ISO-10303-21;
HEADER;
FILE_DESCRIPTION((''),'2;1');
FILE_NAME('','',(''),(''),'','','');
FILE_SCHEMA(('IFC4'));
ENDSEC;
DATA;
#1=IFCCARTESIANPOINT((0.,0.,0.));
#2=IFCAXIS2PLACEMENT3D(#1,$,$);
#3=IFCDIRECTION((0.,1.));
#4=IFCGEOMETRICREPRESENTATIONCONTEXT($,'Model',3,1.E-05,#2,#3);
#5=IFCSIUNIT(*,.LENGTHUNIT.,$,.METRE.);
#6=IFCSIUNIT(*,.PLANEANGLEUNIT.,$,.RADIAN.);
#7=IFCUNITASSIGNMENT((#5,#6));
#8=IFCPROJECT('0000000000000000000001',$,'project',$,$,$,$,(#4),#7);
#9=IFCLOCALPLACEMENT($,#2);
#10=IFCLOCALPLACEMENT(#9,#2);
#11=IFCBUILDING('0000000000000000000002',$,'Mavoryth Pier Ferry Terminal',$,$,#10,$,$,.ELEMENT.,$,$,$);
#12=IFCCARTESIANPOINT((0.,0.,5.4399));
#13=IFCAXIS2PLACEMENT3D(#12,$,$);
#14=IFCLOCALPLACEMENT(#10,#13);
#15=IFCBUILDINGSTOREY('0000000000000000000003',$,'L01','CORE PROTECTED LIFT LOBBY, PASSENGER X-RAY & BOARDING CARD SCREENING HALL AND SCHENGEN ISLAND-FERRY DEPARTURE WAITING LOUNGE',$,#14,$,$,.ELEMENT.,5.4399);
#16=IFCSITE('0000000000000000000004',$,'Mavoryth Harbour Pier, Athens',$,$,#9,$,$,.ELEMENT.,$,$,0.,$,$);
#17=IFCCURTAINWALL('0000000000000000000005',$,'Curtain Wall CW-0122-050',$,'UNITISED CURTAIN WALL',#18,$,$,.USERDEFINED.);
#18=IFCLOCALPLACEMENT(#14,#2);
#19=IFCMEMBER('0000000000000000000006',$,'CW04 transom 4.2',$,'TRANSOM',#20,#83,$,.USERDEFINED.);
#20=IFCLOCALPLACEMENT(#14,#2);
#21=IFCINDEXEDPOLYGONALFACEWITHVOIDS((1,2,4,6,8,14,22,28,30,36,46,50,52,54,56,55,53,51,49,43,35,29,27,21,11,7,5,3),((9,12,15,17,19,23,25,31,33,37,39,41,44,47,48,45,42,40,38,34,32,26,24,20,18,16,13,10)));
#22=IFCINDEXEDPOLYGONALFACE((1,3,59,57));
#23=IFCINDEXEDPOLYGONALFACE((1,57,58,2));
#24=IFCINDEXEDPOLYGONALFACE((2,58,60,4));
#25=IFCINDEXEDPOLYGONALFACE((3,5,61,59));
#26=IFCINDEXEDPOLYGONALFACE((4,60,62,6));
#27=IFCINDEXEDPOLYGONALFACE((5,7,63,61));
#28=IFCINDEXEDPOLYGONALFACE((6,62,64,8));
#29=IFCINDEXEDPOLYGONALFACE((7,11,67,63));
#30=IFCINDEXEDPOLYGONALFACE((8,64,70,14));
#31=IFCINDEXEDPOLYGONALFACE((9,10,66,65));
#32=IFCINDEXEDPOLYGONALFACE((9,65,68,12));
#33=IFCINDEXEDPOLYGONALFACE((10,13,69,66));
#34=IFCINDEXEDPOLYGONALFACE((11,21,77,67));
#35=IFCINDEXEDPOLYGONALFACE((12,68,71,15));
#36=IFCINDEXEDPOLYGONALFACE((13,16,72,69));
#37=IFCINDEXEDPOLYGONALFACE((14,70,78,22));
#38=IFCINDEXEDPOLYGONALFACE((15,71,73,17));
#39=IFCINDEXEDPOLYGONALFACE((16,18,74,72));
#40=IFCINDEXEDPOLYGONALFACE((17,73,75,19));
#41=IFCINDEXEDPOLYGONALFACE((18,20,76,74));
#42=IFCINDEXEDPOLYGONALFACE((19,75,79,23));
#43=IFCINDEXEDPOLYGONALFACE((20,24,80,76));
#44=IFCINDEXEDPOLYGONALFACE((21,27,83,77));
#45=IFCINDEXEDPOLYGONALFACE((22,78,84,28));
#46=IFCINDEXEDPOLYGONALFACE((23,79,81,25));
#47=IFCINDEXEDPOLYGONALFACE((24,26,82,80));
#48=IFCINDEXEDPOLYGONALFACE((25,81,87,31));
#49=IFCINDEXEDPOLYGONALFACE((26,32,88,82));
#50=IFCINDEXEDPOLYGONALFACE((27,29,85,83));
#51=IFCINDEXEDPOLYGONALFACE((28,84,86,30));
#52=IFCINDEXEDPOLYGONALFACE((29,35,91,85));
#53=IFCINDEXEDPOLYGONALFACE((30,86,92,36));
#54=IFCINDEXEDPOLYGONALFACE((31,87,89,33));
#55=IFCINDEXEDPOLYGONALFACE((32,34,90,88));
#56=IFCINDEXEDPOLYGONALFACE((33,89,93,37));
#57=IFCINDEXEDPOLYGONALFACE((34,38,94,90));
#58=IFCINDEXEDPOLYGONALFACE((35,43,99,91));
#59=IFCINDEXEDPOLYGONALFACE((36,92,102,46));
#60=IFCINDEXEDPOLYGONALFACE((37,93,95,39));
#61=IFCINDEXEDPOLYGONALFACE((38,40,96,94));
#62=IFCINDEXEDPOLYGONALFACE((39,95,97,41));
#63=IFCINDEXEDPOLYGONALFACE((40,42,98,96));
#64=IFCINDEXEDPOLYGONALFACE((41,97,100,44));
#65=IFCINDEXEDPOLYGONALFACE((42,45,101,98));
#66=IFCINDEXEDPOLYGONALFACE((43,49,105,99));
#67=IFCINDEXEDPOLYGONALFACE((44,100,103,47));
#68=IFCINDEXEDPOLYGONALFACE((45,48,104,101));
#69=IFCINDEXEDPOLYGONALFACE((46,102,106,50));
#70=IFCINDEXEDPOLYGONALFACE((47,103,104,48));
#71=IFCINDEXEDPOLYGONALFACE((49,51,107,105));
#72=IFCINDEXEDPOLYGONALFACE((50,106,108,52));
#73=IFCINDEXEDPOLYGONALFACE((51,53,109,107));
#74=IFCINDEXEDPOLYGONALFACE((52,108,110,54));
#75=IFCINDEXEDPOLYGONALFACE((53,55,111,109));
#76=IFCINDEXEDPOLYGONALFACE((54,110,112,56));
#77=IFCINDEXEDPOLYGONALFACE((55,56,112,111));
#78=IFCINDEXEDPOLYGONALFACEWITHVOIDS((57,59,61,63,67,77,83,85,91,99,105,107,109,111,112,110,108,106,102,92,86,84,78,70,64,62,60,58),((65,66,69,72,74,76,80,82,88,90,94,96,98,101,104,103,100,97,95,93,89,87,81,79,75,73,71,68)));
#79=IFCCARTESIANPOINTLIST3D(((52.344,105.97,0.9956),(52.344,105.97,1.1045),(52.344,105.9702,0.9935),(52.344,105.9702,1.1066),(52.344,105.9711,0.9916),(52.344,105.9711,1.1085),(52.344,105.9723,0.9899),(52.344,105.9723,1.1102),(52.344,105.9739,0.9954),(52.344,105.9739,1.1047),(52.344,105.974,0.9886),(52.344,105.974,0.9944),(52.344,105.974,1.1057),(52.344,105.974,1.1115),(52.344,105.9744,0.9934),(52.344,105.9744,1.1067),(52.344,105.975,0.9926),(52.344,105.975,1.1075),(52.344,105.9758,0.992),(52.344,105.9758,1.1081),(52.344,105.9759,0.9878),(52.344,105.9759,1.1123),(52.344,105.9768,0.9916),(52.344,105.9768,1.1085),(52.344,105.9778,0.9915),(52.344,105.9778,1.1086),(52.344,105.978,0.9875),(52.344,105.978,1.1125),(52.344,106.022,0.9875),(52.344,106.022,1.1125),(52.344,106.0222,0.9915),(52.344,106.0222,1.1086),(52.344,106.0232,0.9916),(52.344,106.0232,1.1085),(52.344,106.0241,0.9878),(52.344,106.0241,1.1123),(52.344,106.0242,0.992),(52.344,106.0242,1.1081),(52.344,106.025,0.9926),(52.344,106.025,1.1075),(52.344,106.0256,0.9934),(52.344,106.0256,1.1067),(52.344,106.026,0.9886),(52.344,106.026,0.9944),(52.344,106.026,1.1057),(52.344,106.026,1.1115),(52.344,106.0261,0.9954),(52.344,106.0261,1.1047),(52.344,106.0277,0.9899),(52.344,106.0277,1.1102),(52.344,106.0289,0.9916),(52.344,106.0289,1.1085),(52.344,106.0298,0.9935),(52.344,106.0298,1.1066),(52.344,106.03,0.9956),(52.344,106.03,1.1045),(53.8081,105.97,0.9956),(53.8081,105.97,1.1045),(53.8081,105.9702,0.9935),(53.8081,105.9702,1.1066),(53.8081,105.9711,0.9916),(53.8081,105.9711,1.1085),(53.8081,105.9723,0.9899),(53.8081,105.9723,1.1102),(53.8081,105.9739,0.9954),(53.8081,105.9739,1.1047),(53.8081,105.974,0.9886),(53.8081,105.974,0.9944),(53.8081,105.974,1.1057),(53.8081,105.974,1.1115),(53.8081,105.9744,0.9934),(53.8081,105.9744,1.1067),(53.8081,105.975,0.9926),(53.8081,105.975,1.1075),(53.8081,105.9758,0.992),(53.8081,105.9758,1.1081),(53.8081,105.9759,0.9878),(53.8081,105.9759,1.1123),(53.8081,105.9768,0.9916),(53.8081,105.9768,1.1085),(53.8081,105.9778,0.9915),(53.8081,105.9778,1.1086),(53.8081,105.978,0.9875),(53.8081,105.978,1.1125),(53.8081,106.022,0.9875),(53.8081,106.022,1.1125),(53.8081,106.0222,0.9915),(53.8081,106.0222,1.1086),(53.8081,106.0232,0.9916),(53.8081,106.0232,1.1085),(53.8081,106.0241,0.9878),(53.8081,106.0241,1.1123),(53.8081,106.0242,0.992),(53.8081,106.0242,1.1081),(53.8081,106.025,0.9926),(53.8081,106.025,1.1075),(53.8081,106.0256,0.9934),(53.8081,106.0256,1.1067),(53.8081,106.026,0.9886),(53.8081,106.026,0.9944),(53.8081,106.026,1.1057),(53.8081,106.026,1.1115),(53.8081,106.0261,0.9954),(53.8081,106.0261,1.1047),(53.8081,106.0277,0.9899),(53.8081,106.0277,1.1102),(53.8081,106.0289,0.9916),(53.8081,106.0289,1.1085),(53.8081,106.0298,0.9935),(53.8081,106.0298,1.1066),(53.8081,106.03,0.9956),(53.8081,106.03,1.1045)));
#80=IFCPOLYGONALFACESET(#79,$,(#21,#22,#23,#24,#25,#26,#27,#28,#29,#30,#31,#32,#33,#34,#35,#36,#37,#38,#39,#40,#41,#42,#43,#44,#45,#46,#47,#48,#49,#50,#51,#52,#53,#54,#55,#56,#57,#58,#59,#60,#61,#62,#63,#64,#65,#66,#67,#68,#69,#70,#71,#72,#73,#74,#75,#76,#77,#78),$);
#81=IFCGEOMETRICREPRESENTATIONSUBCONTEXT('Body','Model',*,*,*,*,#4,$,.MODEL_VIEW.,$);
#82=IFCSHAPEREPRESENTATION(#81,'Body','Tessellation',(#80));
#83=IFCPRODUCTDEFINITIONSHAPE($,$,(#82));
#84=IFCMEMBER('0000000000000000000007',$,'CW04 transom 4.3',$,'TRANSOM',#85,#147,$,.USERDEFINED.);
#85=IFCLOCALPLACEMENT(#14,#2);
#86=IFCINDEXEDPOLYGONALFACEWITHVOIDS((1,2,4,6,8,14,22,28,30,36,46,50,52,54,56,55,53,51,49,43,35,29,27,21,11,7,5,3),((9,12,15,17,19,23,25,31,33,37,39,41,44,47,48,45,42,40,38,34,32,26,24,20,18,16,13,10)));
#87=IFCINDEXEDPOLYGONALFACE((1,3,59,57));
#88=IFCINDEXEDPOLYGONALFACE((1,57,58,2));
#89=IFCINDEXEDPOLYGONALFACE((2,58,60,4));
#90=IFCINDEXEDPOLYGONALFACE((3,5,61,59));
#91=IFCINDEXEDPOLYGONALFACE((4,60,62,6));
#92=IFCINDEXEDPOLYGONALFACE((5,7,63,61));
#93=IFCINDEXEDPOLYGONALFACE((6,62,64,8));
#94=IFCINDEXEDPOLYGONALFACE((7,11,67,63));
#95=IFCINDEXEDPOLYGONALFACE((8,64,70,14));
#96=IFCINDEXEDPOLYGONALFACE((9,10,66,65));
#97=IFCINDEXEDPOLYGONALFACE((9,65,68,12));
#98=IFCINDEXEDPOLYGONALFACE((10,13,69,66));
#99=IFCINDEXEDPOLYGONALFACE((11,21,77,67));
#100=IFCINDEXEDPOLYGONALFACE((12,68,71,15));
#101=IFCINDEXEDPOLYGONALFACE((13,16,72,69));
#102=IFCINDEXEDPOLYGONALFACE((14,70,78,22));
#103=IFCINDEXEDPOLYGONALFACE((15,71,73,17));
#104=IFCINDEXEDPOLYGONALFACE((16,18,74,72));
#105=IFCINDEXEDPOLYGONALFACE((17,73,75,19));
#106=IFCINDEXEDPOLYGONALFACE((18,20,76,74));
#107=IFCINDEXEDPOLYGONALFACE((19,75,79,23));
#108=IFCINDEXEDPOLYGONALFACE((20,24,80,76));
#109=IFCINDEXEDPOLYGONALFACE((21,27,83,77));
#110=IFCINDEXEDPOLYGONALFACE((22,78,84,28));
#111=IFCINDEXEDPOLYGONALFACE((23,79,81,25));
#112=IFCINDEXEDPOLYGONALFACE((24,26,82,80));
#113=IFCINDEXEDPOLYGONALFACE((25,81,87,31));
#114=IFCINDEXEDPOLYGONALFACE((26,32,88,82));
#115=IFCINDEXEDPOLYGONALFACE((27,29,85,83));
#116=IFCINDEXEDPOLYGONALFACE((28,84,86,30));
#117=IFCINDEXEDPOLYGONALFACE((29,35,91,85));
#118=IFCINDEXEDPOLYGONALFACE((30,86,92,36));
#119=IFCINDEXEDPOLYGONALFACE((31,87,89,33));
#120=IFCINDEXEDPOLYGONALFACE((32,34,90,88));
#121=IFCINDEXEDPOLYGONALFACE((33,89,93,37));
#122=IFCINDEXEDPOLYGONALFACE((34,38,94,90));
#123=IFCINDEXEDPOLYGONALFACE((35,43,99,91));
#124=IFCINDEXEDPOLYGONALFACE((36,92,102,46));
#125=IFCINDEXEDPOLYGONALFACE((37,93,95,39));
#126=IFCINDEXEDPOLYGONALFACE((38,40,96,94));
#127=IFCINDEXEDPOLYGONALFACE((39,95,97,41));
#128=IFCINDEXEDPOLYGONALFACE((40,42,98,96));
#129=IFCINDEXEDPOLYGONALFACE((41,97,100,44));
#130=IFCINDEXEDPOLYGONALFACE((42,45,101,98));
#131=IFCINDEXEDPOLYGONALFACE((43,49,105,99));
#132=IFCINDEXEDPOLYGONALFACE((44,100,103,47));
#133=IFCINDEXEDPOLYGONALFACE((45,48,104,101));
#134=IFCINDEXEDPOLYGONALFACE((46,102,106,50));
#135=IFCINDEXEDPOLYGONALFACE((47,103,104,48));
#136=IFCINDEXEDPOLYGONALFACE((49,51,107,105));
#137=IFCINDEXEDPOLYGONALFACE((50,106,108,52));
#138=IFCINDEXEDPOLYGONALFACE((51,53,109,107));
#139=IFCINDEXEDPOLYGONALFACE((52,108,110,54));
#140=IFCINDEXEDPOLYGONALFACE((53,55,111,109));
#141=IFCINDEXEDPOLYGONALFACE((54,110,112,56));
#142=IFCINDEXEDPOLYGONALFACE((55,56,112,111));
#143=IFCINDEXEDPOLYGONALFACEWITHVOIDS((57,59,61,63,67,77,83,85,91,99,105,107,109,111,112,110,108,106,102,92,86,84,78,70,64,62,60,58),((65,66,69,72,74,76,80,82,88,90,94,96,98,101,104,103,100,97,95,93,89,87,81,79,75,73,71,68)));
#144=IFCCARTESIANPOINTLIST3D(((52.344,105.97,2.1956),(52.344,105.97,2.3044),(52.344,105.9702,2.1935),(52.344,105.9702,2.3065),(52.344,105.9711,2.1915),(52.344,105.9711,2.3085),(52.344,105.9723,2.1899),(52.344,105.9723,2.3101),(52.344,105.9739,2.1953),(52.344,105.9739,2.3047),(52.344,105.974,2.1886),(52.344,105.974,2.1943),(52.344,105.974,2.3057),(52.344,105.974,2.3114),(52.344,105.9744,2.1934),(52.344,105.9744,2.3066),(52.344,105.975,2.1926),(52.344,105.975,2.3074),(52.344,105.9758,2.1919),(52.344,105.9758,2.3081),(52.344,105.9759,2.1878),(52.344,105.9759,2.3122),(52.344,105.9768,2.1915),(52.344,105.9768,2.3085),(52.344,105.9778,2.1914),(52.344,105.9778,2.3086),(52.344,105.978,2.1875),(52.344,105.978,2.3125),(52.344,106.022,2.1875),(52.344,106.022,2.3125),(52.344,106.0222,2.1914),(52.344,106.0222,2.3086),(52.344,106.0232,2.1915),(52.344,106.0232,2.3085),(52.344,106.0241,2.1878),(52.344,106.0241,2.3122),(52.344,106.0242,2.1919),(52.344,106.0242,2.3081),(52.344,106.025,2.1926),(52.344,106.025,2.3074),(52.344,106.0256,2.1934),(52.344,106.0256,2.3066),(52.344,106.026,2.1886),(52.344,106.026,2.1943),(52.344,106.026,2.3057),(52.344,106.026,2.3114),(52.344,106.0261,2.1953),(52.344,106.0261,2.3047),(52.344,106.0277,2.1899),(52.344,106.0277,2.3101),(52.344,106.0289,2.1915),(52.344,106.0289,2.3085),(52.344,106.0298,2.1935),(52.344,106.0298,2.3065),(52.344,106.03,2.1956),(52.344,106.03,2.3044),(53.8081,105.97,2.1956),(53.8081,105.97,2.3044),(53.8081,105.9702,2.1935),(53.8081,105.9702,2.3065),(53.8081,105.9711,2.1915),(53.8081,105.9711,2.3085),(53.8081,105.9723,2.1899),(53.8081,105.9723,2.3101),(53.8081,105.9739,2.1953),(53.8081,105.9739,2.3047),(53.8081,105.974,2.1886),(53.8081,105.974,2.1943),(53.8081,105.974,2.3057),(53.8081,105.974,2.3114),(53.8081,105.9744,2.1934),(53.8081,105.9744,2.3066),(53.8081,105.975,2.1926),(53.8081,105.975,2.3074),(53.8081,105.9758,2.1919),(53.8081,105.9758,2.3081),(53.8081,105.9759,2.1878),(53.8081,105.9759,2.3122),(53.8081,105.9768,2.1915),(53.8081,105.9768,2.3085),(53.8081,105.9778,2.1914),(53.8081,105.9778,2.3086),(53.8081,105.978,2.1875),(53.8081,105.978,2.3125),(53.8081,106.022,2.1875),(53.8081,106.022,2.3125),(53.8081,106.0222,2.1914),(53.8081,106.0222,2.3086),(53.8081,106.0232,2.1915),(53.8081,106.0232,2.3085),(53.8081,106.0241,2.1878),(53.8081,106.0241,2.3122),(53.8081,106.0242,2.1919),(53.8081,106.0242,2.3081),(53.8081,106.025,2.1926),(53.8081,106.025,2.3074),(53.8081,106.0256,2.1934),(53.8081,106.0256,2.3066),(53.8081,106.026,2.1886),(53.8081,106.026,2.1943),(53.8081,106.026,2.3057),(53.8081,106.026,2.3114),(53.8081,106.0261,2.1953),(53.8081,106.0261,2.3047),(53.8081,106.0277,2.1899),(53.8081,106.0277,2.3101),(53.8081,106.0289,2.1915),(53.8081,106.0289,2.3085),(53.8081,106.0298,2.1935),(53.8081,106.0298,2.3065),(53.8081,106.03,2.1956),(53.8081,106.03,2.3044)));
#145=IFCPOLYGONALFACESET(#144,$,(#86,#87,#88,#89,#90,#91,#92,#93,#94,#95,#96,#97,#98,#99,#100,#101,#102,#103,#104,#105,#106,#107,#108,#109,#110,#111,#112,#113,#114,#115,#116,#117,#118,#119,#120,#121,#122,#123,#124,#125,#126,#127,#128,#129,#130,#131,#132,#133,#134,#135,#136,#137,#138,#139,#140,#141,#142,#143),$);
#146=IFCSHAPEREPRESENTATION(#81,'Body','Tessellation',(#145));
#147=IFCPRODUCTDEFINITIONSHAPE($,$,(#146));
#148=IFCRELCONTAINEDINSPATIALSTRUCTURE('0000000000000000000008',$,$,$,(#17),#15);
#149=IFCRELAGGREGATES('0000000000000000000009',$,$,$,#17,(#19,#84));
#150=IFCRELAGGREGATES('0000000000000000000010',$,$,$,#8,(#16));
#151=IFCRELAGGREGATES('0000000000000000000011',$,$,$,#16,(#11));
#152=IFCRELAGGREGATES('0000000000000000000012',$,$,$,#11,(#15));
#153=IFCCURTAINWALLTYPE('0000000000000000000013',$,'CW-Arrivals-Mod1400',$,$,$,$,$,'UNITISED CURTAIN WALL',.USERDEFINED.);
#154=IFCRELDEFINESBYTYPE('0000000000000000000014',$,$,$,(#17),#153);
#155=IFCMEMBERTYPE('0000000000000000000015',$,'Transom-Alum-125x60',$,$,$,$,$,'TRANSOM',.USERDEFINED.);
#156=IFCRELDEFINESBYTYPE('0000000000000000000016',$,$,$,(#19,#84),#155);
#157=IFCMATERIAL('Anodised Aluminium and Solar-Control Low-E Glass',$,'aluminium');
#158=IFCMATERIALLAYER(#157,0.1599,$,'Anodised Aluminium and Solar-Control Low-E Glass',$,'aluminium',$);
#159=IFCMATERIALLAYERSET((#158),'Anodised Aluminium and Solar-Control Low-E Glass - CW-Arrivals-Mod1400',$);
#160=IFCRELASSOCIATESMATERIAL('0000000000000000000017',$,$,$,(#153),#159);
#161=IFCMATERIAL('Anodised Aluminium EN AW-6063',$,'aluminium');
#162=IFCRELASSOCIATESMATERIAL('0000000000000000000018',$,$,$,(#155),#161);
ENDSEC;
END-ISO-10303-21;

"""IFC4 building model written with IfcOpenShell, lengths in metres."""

from ifc_helpers import new_model, si_unit, direction, frame, origin, origin_2d, place, context, subcontext, project, spatial, hollow_rectangle, extrude, material, layer, layer_set, material_profile, profile_set, type_object, element, aggregate, save


model = new_model("IFC4")

# Units and contexts
model_context = context("Model", 3, precision=1e-05, world=origin(), true_north=direction((0.0, 1.0)))
body_context = subcontext(model_context, "Body", "Model", "MODEL_VIEW")
ifc_project = project(units=[si_unit("LENGTHUNIT", "METRE"), si_unit("PLANEANGLEUNIT", "RADIAN")], contexts=[model_context])

# Site, building, storey
site_placement = place(None, origin())
site = spatial("IfcSite", under=ifc_project, at=site_placement, Name="Mavoryth Harbour Pier, Athens", CompositionType="ELEMENT", RefElevation=0.0)
building_placement = place(site_placement, origin())
building = spatial("IfcBuilding", under=site, at=building_placement, Name="Mavoryth Pier Ferry Terminal", CompositionType="ELEMENT")
storey_placement = place(building_placement, frame((0.0, 0.0, 5.4399)))
storey = spatial("IfcBuildingStorey", under=building, at=storey_placement, Name="L01", Description="CORE PROTECTED LIFT LOBBY, PASSENGER X-RAY & BOARDING CARD SCREENING HALL AND SCHENGEN ISLAND-FERRY DEPARTURE WAITING LOUNGE", CompositionType="ELEMENT", Elevation=5.4399)

# Curtain wall
ifc_material_1 = material(Name="Anodised Aluminium and Solar-Control Low-E Glass", Category="aluminium")
ifc_layer_1 = layer(ifc_material_1, 0.1599, Name="Anodised Aluminium and Solar-Control Low-E Glass", Category="aluminium")
ifc_layer_set_1 = layer_set([ifc_layer_1], Name="Anodised Aluminium and Solar-Control Low-E Glass - CW-Arrivals-Mod1400")
curtain_wall_type = type_object("IfcCurtainWallType", Name="CW-Arrivals-Mod1400", ElementType="UNITISED CURTAIN WALL", PredefinedType="USERDEFINED", material=ifc_layer_set_1)
curtain_wall_placement = place(storey_placement, origin())
curtain_wall = element("IfcCurtainWall", 1, at=curtain_wall_placement, inside=storey, type_object=curtain_wall_type, Name="Curtain Wall CW-0122-050", ObjectType="UNITISED CURTAIN WALL", PredefinedType="USERDEFINED")
ifc_material_2 = material(Name="Anodised Aluminium EN AW-6063", Category="aluminium")

# Members
ifc_material_profile_1 = material_profile(ifc_material_2, hollow_rectangle(XDim=0.0601, YDim=0.125, WallThickness=0.0039, InnerFilletRadius=0.0039, OuterFilletRadius=0.0081, at=origin_2d()), Name="AL-TRAN 125x60x4", Category="aluminium")
ifc_profile_set_1 = profile_set([ifc_material_profile_1], Name="Anodised Aluminium EN AW-6063 - AL-TRAN 125x60x4")
member_type_1 = type_object("IfcMemberType", Name="Transom-Alum-125x60", ElementType="TRANSOM", PredefinedType="USERDEFINED", material=ifc_profile_set_1)
member_1_placement = place(storey_placement, frame((53.8081, 106.0, 1.05), z_axis=(-1.0, 0.0, 0.0), x_axis=(0.0, -1.0, 0.0)))
member_1 = element("IfcMember", 2, at=member_1_placement, type_object=member_type_1, Name="CW04 transom 4.2", ObjectType="TRANSOM", PredefinedType="USERDEFINED", context=body_context, shape_type="SweptSolid", body=[
    extrude(hollow_rectangle(XDim=0.0601, YDim=0.125, WallThickness=0.0039, InnerFilletRadius=0.0039, OuterFilletRadius=0.0081, at=origin_2d()), origin(), (0.0, 0.0, 1.0), 1.4641),
])
member_2_placement = place(storey_placement, frame((53.8081, 106.0, 2.25), z_axis=(-1.0, 0.0, 0.0), x_axis=(0.0, -1.0, 0.0)))
member_2 = element("IfcMember", 3, at=member_2_placement, type_object=member_type_1, Name="CW04 transom 4.3", ObjectType="TRANSOM", PredefinedType="USERDEFINED", context=body_context, shape_type="SweptSolid", body=[
    extrude(hollow_rectangle(XDim=0.0601, YDim=0.125, WallThickness=0.0039, InnerFilletRadius=0.0039, OuterFilletRadius=0.0081, at=origin_2d()), origin(), (0.0, 0.0, 1.0), 1.4641),
])

aggregate(curtain_wall, [member_1, member_2])

save(model, "model.ifc")
